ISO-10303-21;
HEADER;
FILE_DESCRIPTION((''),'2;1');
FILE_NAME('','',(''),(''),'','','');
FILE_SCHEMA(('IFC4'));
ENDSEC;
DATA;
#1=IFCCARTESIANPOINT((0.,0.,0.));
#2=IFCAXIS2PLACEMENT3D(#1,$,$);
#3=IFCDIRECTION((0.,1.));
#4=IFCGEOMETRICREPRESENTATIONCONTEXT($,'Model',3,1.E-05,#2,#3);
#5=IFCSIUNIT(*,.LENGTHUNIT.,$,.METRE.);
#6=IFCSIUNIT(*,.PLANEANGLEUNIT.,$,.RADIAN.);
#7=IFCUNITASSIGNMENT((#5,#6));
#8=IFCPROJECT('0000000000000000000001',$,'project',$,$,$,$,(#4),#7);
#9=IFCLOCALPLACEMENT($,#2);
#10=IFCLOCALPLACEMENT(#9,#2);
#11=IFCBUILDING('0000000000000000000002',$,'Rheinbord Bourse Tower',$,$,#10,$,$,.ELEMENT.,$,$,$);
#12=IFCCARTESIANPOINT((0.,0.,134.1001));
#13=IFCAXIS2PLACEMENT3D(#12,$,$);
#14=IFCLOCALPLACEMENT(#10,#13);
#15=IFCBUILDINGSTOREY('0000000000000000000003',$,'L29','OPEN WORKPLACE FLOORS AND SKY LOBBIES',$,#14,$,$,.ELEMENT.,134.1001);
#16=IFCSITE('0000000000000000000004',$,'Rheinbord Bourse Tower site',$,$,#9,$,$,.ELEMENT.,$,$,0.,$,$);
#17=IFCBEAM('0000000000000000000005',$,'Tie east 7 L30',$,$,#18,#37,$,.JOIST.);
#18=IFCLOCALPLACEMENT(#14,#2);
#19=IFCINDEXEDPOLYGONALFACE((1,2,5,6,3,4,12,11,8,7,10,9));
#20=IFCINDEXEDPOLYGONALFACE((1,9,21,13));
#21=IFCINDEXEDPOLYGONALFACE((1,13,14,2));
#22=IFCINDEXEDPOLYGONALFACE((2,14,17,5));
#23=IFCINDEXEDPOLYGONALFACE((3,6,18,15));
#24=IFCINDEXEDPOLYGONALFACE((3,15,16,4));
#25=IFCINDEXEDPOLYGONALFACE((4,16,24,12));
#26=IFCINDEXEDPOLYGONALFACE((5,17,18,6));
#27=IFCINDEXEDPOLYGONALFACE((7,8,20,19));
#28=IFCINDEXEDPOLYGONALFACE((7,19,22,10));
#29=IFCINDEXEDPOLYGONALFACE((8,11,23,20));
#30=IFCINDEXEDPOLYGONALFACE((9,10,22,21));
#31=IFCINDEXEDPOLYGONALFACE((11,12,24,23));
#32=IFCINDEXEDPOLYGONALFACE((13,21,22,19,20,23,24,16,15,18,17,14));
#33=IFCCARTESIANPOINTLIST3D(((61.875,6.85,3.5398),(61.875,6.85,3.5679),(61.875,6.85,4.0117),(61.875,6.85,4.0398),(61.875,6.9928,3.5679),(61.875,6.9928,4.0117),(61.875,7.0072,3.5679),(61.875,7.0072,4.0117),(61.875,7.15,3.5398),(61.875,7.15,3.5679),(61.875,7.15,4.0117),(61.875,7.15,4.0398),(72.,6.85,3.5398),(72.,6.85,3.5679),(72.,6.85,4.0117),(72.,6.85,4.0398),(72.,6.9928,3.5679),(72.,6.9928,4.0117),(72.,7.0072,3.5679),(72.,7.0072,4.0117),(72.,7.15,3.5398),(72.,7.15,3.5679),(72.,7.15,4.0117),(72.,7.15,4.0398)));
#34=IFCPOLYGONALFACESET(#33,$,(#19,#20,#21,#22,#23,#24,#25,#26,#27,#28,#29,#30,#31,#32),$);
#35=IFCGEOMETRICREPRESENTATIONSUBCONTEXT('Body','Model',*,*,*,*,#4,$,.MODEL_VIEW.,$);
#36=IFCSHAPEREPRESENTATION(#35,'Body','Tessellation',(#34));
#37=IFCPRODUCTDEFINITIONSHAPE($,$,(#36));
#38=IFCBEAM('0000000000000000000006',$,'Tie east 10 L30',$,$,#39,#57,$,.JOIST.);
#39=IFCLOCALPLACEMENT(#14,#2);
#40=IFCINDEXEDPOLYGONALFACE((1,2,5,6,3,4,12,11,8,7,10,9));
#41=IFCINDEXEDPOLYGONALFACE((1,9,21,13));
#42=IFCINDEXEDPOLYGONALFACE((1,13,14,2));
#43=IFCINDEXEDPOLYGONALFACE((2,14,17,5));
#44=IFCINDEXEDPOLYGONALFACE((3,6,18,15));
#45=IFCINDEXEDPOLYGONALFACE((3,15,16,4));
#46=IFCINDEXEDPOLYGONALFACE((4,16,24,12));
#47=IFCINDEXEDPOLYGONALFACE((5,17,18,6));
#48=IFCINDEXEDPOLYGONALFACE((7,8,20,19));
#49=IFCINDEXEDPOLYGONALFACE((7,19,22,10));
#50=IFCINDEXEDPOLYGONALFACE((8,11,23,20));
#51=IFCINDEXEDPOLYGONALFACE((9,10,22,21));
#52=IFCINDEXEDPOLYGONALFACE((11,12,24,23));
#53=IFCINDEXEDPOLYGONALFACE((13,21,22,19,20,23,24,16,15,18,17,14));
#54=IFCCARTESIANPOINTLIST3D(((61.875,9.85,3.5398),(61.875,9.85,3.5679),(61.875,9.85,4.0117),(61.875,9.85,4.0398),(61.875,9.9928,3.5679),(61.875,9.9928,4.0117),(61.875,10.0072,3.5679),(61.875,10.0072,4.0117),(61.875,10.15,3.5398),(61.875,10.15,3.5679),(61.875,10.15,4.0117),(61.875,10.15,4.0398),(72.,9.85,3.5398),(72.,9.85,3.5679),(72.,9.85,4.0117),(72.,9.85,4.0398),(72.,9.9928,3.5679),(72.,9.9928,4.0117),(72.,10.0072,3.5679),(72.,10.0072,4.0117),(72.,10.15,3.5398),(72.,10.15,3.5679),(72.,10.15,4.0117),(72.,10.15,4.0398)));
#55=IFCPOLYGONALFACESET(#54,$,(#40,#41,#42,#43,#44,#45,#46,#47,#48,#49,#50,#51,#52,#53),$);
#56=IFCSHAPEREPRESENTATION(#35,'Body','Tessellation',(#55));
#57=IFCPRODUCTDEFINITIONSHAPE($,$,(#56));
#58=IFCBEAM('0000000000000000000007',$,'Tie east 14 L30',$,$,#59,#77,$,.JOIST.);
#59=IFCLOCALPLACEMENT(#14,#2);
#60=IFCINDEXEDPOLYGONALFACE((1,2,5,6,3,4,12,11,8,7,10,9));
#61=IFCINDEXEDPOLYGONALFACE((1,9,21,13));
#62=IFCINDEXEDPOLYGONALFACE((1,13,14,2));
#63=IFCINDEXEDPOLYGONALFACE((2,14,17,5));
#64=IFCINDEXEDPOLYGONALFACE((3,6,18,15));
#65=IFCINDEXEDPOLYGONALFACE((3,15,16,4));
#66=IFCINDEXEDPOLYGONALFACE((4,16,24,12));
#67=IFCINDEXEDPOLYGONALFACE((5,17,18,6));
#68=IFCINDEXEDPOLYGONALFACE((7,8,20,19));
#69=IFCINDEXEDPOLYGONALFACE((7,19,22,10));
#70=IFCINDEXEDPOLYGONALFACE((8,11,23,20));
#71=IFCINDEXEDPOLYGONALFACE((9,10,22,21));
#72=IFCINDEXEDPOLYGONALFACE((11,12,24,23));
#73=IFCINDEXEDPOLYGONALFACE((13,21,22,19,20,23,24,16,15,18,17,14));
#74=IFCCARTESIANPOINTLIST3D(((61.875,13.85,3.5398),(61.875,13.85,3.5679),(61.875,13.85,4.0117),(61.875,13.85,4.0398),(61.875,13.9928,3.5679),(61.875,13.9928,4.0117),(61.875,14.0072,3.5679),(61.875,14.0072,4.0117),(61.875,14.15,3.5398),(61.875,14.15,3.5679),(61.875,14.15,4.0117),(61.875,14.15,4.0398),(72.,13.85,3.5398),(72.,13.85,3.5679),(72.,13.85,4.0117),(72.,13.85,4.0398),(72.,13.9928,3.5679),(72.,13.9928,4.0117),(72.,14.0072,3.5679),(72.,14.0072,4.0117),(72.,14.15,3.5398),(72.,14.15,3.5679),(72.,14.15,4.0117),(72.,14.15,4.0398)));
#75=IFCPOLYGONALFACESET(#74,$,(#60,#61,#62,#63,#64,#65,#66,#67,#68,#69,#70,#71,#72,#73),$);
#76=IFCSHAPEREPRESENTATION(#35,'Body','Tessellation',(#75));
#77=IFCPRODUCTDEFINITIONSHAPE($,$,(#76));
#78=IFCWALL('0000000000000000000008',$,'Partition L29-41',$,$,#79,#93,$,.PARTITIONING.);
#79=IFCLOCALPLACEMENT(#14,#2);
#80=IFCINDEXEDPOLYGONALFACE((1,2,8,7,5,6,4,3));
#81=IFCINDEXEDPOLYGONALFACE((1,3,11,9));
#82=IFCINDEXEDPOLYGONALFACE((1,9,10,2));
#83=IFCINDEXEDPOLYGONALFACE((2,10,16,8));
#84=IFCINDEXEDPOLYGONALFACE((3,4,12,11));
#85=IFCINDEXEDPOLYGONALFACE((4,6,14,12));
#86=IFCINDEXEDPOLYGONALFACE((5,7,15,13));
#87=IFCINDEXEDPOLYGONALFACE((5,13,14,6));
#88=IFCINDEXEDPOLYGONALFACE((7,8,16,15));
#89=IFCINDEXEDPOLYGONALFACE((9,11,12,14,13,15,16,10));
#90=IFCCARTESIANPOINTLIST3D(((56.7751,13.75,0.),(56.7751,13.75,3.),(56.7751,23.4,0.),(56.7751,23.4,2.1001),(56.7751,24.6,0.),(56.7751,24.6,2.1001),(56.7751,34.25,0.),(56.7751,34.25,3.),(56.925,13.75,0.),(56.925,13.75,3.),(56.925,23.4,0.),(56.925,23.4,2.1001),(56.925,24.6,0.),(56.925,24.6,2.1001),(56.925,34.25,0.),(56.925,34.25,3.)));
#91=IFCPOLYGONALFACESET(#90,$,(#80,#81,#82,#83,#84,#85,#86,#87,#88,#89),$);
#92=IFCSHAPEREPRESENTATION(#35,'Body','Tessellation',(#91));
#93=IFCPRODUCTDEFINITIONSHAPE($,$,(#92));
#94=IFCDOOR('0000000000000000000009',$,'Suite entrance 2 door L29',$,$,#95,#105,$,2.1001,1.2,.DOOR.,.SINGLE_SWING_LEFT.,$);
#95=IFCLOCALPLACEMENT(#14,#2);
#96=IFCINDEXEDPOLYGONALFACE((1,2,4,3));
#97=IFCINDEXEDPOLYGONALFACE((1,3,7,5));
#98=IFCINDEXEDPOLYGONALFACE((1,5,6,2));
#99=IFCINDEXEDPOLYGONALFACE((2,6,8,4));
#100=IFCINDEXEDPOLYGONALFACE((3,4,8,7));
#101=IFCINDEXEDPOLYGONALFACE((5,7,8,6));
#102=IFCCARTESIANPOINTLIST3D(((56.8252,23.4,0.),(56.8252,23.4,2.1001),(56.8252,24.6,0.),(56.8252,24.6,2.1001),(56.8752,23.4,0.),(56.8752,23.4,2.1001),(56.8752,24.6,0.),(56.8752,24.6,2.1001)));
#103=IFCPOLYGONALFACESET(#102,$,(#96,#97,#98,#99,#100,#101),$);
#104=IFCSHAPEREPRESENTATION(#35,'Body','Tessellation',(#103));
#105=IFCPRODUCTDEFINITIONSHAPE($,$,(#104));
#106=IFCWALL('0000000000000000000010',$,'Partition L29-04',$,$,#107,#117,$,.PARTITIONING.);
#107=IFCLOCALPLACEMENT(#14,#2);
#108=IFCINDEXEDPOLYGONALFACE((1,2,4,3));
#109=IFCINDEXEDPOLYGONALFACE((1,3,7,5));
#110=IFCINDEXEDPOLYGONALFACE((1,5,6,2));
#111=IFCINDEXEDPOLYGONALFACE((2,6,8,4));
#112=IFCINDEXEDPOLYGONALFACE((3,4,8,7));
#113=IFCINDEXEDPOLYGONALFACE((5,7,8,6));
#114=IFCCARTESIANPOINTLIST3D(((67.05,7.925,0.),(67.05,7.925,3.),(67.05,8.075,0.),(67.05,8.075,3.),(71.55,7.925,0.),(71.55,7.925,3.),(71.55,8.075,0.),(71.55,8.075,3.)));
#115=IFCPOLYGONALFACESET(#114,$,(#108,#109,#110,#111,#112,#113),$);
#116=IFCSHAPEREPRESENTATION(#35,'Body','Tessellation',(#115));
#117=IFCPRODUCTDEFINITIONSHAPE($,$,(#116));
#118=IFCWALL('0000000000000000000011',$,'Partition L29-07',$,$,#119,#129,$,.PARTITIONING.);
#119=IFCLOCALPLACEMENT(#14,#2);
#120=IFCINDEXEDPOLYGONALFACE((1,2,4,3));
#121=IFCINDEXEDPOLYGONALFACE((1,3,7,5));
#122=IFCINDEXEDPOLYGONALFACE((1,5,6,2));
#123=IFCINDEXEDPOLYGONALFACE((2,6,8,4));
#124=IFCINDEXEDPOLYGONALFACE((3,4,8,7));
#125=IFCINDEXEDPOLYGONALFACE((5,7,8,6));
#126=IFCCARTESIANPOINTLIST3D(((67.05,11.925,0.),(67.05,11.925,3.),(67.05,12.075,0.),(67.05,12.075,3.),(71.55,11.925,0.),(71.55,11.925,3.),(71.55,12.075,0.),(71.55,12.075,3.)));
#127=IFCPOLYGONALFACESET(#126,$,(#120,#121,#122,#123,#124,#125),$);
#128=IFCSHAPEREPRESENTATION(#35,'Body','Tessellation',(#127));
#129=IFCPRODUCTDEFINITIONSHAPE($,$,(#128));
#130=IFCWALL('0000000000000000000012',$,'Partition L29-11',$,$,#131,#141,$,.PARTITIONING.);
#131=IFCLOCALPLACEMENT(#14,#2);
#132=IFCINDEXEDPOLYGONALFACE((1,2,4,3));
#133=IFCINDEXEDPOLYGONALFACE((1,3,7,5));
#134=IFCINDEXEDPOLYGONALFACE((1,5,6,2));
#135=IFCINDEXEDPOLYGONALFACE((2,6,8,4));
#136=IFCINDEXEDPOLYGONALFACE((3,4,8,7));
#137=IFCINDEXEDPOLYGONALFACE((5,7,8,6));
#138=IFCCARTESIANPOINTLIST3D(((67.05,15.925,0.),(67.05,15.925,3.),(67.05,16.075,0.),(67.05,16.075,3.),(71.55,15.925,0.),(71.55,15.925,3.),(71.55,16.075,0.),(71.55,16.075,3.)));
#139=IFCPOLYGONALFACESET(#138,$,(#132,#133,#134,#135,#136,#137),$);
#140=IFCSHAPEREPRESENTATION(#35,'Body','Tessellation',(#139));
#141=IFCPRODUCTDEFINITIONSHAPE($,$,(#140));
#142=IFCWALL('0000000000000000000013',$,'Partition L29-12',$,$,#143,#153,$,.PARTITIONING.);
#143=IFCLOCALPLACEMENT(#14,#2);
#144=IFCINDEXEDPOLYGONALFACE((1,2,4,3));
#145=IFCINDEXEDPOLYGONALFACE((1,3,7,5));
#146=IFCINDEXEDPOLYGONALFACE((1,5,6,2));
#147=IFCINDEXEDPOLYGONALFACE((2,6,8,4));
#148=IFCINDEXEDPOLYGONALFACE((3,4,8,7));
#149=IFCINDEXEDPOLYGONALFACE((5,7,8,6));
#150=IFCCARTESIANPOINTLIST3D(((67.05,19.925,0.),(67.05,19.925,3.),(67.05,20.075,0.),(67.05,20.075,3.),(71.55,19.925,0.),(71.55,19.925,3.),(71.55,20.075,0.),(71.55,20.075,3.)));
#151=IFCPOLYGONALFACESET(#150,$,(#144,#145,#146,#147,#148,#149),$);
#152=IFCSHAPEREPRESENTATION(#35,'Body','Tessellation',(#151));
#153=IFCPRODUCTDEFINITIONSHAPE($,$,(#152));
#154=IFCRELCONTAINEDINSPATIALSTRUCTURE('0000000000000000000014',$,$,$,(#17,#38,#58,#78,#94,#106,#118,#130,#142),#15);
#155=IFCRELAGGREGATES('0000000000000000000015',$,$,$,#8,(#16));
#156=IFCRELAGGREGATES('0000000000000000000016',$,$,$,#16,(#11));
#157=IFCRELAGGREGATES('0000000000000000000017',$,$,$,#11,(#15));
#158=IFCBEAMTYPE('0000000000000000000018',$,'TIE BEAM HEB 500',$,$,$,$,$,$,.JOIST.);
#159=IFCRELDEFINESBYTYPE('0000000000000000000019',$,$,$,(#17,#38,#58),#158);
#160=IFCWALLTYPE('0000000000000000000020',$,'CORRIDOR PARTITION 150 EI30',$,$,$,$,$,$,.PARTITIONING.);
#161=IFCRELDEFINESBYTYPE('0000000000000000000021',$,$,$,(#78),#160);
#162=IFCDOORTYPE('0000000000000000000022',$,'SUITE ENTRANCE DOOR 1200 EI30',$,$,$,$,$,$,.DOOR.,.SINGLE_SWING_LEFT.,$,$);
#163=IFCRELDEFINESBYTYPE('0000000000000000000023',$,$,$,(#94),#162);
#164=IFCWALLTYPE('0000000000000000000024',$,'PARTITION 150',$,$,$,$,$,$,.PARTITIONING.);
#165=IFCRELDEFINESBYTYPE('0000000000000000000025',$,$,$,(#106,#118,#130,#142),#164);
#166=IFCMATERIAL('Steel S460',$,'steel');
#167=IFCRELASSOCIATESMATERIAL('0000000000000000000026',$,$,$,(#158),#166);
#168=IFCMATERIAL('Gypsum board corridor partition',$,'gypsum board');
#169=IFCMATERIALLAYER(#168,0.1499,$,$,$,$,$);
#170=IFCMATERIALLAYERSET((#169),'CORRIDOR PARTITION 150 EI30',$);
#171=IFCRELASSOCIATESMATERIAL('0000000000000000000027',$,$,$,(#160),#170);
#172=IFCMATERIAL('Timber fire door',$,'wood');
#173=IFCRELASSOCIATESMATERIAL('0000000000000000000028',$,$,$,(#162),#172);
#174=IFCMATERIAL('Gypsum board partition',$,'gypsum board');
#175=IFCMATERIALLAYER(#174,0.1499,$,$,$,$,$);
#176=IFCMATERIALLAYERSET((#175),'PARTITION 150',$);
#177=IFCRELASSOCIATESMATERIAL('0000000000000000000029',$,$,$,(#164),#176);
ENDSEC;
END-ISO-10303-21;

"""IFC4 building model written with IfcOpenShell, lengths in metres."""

from ifc_helpers import new_model, si_unit, direction, frame, frame_2d, origin, origin_2d, place, context, subcontext, project, spatial, rectangle, i_section, extrude, material, layer, layer_set, material_profile, profile_set, type_object, element, fill, save


model = new_model("IFC4")

# Units and contexts
model_context = context("Model", 3, precision=1e-05, world=origin(), true_north=direction((0.0, 1.0)))
body_context = subcontext(model_context, "Body", "Model", "MODEL_VIEW")
ifc_project = project(units=[si_unit("LENGTHUNIT", "METRE"), si_unit("PLANEANGLEUNIT", "RADIAN")], contexts=[model_context])

# Site, building, storey
site_placement = place(None, origin())
site = spatial("IfcSite", under=ifc_project, at=site_placement, Name="Rheinbord Bourse Tower site", CompositionType="ELEMENT", RefElevation=0.0)
building_placement = place(site_placement, origin())
building = spatial("IfcBuilding", under=site, at=building_placement, Name="Rheinbord Bourse Tower", CompositionType="ELEMENT")
storey_placement = place(building_placement, frame((0.0, 0.0, 134.1001)))
storey = spatial("IfcBuildingStorey", under=building, at=storey_placement, Name="L29", Description="OPEN WORKPLACE FLOORS AND SKY LOBBIES", CompositionType="ELEMENT", Elevation=134.1001)

# Beams
ifc_material_1 = material(Name="Steel S460", Category="steel")
ifc_material_profile_1 = material_profile(ifc_material_1, i_section(OverallWidth=0.3, OverallDepth=0.5, WebThickness=0.0144, FlangeThickness=0.0281, at=origin_2d()), Name="HEB 500")
ifc_profile_set_1 = profile_set([ifc_material_profile_1], Name="Steel S460")
beam_type_1 = type_object("IfcBeamType", Name="TIE BEAM HEB 500", PredefinedType="JOIST", material=ifc_profile_set_1)
for number, where, z_axis, x_axis, name in (
    (1, (61.875, 7.0, 3.7898), (1.0, 0.0, 0.0), (0.0, 1.0, 0.0), "Tie east 7 L30"),
    (2, (61.875, 10.0, 3.7898), (1.0, 0.0, 0.0), (0.0, 1.0, 0.0), "Tie east 10 L30"),
    (3, (61.875, 14.0, 3.7898), (1.0, 0.0, 0.0), (0.0, 1.0, 0.0), "Tie east 14 L30"),
):
    element("IfcBeam", number, at=place(storey_placement, frame(where, z_axis=z_axis, x_axis=x_axis)), inside=storey, type_object=beam_type_1, Name=name, PredefinedType="JOIST", context=body_context, shape_type="SweptSolid", body=[
        extrude(i_section(OverallWidth=0.3, OverallDepth=0.5, WebThickness=0.0144, FlangeThickness=0.0281, at=origin_2d()), origin(), (0.0, 0.0, 1.0), 10.125),
    ])

# Wall, opening, door
ifc_material_2 = material(Name="Gypsum board corridor partition", Category="gypsum board")
ifc_layer_1 = layer(ifc_material_2, 0.1499)
ifc_layer_set_1 = layer_set([ifc_layer_1], Name="CORRIDOR PARTITION 150 EI30")
wall_type_1 = type_object("IfcWallType", Name="CORRIDOR PARTITION 150 EI30", PredefinedType="PARTITIONING", material=ifc_layer_set_1)
wall_1_placement = place(storey_placement, frame((56.8501, 13.75, 0.0), z_axis=(0.0, 0.0, 1.0), x_axis=(0.0, 1.0, 0.0)))
wall_1 = element("IfcWall", 4, at=wall_1_placement, inside=storey, type_object=wall_type_1, Name="Partition L29-41", PredefinedType="PARTITIONING", context=body_context, shape_type="SweptSolid", body=[
    extrude(rectangle(XDim=20.5, YDim=0.1499, at=frame_2d((10.25, 0.0))), origin(), (0.0, 0.0, 1.0), 3.0),
])
opening_1_placement = place(wall_1_placement, frame((9.6499, 0.0, 0.0)))
opening_1 = element("IfcOpeningElement", 5, at=opening_1_placement, cuts=wall_1, PredefinedType="OPENING", context=body_context, shape_type="SweptSolid", body=[
    extrude(rectangle(XDim=1.2, YDim=2.1001, at=frame_2d((0.6001, 1.05))), frame((0.0, 0.085, 0.0), z_axis=(0.0, -1.0, 0.0), x_axis=(1.0, 0.0, 0.0)), (0.0, 0.0, 1.0), 0.1699),
])
ifc_material_3 = material(Name="Timber fire door", Category="wood")
door_type_1 = type_object("IfcDoorType", Name="SUITE ENTRANCE DOOR 1200 EI30", OperationType="SINGLE_SWING_LEFT", PredefinedType="DOOR", material=ifc_material_3)
door_1_placement = place(opening_1_placement, origin())
door_1 = element("IfcDoor", 6, at=door_1_placement, inside=storey, type_object=door_type_1, Name="Suite entrance 2 door L29", OperationType="SINGLE_SWING_LEFT", OverallHeight=2.1001, OverallWidth=1.2, PredefinedType="DOOR", context=body_context, shape_type="SweptSolid", body=[
    extrude(rectangle(XDim=1.2, YDim=2.1001, at=frame_2d((0.6001, 1.05))), frame((0.0, 0.0249, 0.0), z_axis=(0.0, -1.0, 0.0), x_axis=(1.0, 0.0, 0.0)), (0.0, 0.0, 1.0), 0.05),
])
fill(opening_1, door_1)

# Walls
ifc_material_4 = material(Name="Gypsum board partition", Category="gypsum board")
ifc_layer_2 = layer(ifc_material_4, 0.1499)
ifc_layer_set_2 = layer_set([ifc_layer_2], Name="PARTITION 150")
wall_type_2 = type_object("IfcWallType", Name="PARTITION 150", PredefinedType="PARTITIONING", material=ifc_layer_set_2)
for number, where, z_axis, x_axis, name in (
    (7, (67.05, 8.0, 0.0), (0.0, 0.0, 1.0), (1.0, 0.0, 0.0), "Partition L29-04"),
    (8, (67.05, 12.0, 0.0), (0.0, 0.0, 1.0), (1.0, 0.0, 0.0), "Partition L29-07"),
    (9, (67.05, 16.0, 0.0), (0.0, 0.0, 1.0), (1.0, 0.0, 0.0), "Partition L29-11"),
    (10, (67.05, 20.0, 0.0), (0.0, 0.0, 1.0), (1.0, 0.0, 0.0), "Partition L29-12"),
):
    element("IfcWall", number, at=place(storey_placement, frame(where, z_axis=z_axis, x_axis=x_axis)), inside=storey, type_object=wall_type_2, Name=name, PredefinedType="PARTITIONING", context=body_context, shape_type="SweptSolid", body=[
        extrude(rectangle(XDim=4.5, YDim=0.1499, at=frame_2d((2.25, 0.0))), origin(), (0.0, 0.0, 1.0), 3.0),
    ])

save(model, "model.ifc")
